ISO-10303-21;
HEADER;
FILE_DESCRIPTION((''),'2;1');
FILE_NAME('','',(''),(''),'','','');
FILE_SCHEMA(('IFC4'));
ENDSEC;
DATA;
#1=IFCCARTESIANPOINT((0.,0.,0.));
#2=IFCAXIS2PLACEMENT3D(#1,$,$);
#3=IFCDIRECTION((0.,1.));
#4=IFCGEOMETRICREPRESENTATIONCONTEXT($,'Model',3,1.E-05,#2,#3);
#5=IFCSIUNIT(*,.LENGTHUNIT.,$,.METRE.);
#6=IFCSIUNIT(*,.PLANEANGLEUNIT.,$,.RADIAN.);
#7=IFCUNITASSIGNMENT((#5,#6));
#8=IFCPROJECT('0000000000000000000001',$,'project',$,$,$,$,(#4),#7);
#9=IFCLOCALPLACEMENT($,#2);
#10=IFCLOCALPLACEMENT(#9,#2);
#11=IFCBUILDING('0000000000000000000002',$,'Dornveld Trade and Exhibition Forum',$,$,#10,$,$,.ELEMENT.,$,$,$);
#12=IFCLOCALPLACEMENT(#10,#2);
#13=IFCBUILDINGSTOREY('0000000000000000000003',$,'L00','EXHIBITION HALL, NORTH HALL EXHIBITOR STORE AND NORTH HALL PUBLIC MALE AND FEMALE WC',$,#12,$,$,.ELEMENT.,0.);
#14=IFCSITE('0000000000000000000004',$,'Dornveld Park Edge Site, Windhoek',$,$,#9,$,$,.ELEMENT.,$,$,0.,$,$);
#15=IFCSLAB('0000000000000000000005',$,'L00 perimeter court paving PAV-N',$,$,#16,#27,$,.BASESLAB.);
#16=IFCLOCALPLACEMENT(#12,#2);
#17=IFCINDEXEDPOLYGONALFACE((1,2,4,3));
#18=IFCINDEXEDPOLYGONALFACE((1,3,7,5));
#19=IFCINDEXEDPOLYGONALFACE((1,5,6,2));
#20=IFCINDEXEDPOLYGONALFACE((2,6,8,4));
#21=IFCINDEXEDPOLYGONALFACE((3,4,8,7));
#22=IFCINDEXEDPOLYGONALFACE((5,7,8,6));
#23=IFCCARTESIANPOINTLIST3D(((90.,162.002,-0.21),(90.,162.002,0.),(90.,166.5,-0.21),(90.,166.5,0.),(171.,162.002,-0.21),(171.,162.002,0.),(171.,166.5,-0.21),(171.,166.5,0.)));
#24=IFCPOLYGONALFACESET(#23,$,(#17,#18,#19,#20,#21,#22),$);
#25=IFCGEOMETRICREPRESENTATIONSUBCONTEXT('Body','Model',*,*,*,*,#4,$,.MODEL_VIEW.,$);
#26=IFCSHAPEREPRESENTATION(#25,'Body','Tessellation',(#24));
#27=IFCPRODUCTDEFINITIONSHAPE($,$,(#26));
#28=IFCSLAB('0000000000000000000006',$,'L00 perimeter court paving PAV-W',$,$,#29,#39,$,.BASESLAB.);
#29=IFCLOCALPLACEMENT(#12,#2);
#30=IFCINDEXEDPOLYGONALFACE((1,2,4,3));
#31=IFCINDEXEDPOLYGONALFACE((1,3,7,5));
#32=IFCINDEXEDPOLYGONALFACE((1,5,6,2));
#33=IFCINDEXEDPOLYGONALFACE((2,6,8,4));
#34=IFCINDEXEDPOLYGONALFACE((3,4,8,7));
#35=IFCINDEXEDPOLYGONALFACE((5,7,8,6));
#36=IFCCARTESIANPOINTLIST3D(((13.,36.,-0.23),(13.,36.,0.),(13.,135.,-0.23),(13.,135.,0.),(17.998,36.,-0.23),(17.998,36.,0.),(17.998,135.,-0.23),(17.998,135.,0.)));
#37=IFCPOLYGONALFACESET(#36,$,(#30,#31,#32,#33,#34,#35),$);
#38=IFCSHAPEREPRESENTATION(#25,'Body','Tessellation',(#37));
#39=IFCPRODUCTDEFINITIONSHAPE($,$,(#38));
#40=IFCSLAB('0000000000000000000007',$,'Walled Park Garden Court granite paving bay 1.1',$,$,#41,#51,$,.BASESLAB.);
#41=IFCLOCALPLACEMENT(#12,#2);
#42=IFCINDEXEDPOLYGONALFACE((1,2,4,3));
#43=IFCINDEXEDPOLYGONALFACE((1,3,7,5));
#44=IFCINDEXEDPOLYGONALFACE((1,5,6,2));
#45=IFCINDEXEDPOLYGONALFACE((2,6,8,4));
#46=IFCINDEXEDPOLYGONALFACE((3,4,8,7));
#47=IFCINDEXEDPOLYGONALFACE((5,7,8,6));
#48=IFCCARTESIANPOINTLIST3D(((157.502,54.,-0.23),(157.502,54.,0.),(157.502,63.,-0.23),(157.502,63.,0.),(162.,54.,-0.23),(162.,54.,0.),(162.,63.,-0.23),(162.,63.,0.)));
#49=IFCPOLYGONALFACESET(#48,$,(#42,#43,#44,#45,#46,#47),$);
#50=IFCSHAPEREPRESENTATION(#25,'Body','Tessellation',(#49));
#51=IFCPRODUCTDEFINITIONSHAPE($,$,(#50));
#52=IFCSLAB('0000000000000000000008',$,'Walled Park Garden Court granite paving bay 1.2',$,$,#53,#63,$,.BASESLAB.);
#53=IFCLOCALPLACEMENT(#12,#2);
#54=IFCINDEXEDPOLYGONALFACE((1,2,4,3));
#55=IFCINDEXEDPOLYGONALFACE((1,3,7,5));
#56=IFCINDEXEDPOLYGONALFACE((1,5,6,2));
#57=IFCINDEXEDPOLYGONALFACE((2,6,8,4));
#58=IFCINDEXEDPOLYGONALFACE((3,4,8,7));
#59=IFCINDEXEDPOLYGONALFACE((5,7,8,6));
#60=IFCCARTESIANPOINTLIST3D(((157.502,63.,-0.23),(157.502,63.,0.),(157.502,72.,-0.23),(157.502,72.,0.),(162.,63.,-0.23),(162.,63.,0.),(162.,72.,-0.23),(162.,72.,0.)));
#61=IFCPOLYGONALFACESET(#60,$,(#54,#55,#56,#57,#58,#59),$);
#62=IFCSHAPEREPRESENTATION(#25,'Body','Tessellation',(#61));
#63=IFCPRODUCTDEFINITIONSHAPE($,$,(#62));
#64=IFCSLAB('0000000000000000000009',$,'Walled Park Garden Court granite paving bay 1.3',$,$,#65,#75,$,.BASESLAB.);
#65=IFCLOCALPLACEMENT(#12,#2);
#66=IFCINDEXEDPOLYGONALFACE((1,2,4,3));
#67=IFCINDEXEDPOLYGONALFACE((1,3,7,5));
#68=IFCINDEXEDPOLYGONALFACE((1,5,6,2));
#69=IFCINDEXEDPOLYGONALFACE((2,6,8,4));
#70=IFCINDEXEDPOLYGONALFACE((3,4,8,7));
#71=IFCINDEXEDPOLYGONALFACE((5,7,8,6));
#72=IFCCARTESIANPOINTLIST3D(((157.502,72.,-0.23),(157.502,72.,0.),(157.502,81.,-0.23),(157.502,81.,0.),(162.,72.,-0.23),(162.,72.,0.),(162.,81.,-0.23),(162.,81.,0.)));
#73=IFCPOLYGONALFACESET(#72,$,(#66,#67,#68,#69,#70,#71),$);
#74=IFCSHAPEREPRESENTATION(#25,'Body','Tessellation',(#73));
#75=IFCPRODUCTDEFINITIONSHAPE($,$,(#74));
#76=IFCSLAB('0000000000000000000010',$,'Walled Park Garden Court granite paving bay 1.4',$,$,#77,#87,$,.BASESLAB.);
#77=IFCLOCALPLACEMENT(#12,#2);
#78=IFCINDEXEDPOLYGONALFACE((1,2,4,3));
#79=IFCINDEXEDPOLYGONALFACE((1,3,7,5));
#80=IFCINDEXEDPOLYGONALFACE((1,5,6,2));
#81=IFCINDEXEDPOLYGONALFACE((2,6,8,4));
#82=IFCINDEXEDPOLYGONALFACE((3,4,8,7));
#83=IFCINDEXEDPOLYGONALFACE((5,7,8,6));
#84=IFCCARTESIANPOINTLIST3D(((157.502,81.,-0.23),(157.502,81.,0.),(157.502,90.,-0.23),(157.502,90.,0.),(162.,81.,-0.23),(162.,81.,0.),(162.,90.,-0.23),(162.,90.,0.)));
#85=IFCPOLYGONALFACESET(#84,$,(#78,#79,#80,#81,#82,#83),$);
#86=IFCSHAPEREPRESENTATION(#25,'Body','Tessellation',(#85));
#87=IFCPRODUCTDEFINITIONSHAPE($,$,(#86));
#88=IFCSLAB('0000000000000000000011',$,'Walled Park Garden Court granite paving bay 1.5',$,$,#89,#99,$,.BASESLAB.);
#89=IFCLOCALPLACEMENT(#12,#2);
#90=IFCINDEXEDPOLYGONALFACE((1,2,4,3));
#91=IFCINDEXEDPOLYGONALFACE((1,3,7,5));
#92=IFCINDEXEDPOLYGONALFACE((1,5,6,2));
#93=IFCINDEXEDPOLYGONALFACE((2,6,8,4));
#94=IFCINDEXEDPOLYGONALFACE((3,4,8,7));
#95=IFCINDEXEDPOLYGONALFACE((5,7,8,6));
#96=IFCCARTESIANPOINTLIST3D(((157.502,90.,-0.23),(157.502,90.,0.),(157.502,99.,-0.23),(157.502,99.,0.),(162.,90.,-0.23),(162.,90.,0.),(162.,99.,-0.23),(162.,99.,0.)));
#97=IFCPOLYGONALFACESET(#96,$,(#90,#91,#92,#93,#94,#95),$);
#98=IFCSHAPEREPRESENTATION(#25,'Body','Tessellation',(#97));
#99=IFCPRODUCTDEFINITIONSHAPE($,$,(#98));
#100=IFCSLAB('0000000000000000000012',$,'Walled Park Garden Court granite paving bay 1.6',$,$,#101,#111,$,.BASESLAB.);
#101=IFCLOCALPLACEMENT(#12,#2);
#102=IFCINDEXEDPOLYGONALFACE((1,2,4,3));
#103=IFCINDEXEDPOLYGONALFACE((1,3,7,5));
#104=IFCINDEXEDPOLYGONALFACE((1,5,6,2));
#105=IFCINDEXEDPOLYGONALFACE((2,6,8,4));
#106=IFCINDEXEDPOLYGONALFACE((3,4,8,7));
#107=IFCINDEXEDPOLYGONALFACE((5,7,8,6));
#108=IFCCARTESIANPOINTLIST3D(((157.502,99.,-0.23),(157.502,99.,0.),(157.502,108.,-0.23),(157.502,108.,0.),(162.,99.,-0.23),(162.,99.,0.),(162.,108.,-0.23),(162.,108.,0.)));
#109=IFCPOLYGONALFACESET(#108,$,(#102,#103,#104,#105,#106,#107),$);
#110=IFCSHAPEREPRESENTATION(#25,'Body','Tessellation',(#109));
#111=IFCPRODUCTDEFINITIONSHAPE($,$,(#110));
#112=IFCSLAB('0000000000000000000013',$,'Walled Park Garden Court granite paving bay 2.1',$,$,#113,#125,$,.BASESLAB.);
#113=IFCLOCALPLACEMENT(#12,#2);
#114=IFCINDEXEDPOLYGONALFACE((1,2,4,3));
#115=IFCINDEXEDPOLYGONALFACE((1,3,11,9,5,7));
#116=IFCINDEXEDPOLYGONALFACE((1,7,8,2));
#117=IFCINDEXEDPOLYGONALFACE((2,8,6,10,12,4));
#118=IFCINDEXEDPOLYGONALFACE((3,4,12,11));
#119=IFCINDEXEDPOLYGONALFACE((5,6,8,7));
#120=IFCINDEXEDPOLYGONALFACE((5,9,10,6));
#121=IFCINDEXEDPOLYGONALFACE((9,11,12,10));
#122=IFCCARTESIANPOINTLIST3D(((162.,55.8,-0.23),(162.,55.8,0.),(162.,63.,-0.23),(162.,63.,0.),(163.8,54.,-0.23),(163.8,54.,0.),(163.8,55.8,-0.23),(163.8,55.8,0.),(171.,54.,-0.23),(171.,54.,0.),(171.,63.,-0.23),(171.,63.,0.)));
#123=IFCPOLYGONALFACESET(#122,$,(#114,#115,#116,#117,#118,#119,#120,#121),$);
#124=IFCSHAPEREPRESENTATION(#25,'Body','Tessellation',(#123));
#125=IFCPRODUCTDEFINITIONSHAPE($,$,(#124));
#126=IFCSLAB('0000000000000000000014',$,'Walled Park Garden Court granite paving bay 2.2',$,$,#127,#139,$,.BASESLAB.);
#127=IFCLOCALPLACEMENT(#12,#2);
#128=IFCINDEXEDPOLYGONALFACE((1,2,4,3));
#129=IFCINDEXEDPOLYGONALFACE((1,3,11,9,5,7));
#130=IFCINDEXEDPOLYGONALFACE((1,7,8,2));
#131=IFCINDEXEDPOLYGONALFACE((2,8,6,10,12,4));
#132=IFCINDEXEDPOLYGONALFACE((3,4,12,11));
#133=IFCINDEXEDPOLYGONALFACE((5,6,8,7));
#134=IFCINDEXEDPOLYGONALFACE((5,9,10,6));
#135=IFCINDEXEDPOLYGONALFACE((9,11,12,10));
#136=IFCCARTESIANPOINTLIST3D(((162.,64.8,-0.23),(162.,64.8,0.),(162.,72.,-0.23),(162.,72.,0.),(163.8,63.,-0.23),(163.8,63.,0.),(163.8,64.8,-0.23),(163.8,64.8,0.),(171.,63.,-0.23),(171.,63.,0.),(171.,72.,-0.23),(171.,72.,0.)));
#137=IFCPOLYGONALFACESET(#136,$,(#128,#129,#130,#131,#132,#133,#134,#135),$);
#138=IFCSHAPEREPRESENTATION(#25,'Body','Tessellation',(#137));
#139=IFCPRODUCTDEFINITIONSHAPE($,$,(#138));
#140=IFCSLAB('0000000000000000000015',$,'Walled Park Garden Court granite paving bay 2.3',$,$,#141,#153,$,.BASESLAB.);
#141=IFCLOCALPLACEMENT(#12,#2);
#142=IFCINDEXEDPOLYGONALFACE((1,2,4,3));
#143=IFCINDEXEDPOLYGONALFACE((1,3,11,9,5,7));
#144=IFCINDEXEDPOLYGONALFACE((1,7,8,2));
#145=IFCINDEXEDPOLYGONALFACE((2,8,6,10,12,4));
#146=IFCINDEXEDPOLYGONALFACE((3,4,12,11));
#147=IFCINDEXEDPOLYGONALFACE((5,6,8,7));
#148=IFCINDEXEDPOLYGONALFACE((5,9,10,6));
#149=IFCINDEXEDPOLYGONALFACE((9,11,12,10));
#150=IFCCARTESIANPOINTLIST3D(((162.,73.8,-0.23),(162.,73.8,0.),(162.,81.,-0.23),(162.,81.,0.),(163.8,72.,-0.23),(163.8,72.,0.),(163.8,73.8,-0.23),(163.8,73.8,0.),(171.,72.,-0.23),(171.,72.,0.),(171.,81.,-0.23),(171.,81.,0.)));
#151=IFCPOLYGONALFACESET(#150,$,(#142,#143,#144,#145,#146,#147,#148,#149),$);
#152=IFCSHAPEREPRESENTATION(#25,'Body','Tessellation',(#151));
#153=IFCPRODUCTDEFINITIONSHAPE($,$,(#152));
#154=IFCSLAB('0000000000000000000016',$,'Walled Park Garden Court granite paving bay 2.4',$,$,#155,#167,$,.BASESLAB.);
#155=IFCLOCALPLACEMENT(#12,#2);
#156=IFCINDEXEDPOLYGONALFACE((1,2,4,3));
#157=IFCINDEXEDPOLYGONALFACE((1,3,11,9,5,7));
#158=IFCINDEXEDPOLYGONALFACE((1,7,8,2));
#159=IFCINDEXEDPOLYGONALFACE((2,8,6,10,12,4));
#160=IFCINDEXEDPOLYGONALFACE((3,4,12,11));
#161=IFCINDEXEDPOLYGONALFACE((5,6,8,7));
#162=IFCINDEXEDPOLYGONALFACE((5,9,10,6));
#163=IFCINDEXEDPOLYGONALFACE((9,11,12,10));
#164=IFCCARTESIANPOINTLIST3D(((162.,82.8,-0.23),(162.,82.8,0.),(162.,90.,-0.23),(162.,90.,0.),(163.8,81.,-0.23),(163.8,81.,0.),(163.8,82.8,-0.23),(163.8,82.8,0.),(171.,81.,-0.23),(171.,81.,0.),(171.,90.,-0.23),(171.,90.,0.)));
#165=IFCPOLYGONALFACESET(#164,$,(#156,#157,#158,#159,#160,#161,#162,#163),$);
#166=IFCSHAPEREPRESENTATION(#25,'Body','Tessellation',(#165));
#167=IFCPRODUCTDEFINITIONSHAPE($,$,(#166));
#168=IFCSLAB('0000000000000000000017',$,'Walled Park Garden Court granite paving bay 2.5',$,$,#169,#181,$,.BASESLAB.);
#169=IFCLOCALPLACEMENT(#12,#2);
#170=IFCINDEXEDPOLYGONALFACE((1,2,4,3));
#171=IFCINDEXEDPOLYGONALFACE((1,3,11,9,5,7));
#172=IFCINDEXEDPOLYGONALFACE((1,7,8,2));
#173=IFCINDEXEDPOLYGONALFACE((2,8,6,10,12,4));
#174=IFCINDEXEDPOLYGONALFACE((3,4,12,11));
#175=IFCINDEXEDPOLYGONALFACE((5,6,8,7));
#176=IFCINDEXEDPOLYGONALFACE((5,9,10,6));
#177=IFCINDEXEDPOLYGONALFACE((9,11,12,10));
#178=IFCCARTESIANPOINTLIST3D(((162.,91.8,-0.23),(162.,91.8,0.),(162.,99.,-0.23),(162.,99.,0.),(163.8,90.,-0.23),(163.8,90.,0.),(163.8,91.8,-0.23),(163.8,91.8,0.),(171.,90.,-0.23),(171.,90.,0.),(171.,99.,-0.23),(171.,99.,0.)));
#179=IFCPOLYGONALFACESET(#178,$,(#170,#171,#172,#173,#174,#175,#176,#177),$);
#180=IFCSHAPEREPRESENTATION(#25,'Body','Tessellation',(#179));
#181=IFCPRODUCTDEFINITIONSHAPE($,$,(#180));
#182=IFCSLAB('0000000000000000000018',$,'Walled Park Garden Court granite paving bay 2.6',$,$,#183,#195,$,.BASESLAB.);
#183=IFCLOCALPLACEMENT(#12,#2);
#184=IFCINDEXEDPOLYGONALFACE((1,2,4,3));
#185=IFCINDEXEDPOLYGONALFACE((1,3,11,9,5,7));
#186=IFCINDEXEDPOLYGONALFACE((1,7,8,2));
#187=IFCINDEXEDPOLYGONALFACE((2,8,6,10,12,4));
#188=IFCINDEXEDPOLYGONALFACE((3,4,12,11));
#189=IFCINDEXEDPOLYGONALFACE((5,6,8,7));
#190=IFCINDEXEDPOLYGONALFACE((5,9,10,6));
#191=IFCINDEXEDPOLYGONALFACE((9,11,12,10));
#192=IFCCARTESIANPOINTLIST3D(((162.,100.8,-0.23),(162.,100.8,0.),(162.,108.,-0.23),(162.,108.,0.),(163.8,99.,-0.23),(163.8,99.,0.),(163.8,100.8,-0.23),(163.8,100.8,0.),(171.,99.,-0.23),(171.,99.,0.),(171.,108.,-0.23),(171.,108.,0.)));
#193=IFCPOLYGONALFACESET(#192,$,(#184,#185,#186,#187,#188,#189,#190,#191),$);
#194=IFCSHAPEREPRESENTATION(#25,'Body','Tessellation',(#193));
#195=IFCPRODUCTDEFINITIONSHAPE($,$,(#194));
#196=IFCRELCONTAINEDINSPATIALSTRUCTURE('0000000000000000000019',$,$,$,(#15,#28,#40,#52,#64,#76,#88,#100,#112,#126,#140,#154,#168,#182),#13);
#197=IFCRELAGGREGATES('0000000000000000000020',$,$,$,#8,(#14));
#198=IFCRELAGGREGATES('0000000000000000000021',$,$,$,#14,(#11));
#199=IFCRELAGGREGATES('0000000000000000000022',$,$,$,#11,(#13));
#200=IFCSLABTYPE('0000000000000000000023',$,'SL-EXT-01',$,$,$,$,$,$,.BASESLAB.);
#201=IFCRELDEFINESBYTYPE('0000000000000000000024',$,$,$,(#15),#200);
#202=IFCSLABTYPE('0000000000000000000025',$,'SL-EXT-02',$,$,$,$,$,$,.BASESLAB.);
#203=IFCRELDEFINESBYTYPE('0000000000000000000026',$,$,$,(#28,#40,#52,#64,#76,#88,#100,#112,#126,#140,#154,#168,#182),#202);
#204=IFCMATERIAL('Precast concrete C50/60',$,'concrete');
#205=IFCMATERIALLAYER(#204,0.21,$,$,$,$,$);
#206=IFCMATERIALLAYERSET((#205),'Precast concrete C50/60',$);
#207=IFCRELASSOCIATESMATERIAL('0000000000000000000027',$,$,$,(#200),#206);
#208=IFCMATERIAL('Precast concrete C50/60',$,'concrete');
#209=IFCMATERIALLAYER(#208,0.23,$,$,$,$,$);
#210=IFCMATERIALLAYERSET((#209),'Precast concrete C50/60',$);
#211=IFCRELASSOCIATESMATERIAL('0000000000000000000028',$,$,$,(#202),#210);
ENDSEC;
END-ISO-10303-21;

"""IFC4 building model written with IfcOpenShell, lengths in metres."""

from ifc_helpers import new_model, si_unit, direction, frame, origin, place, context, subcontext, project, spatial, polyline, outline, extrude, material, layer, layer_set, type_object, element, save


model = new_model("IFC4")

# Units and contexts
model_context = context("Model", 3, precision=1e-05, world=origin(), true_north=direction((0.0, 1.0)))
body_context = subcontext(model_context, "Body", "Model", "MODEL_VIEW")
ifc_project = project(units=[si_unit("LENGTHUNIT", "METRE"), si_unit("PLANEANGLEUNIT", "RADIAN")], contexts=[model_context])

# Site, building, storey
site_placement = place(None, origin())
site = spatial("IfcSite", under=ifc_project, at=site_placement, Name="Dornveld Park Edge Site, Windhoek", CompositionType="ELEMENT", RefElevation=0.0)
building_placement = place(site_placement, origin())
building = spatial("IfcBuilding", under=site, at=building_placement, Name="Dornveld Trade and Exhibition Forum", CompositionType="ELEMENT")
storey_placement = place(building_placement, origin())
storey = spatial("IfcBuildingStorey", under=building, at=storey_placement, Name="L00", Description="EXHIBITION HALL, NORTH HALL EXHIBITOR STORE AND NORTH HALL PUBLIC MALE AND FEMALE WC", CompositionType="ELEMENT", Elevation=0.0)

# Slabs
ifc_material_1 = material(Name="Precast concrete C50/60", Category="concrete")
ifc_layer_1 = layer(ifc_material_1, 0.21)
ifc_layer_set_1 = layer_set([ifc_layer_1], Name="Precast concrete C50/60")
slab_type_1 = type_object("IfcSlabType", Name="SL-EXT-01", PredefinedType="BASESLAB", material=ifc_layer_set_1)
slab_1_placement = place(storey_placement, frame((0.0, 0.0, -0.21)))
element("IfcSlab", 1, at=slab_1_placement, inside=storey, type_object=slab_type_1, Name="L00 perimeter court paving PAV-N", PredefinedType="BASESLAB", context=body_context, shape_type="SweptSolid", body=[
    extrude(outline(polyline([(90.0, 166.5), (171.0, 166.5), (171.0, 162.002), (90.0, 162.002), (90.0, 166.5)])), origin(), (0.0, 0.0, 1.0), 0.21),
])
ifc_material_2 = material(Name="Precast concrete C50/60", Category="concrete")
ifc_layer_2 = layer(ifc_material_2, 0.23)
ifc_layer_set_2 = layer_set([ifc_layer_2], Name="Precast concrete C50/60")
slab_type_2 = type_object("IfcSlabType", Name="SL-EXT-02", PredefinedType="BASESLAB", material=ifc_layer_set_2)
slab_2_placement = place(storey_placement, frame((0.0, 0.0, -0.23)))
element("IfcSlab", 2, at=slab_2_placement, inside=storey, type_object=slab_type_2, Name="L00 perimeter court paving PAV-W", PredefinedType="BASESLAB", context=body_context, shape_type="SweptSolid", body=[
    extrude(outline(polyline([(17.998, 135.0), (17.998, 36.0), (13.0, 36.0), (13.0, 135.0), (17.998, 135.0)])), origin(), (0.0, 0.0, 1.0), 0.23),
])
slab_3_placement = place(storey_placement, frame((0.0, 0.0, -0.23)))
element("IfcSlab", 3, at=slab_3_placement, inside=storey, type_object=slab_type_2, Name="Walled Park Garden Court granite paving bay 1.1", PredefinedType="BASESLAB", context=body_context, shape_type="SweptSolid", body=[
    extrude(outline(polyline([(162.0, 63.0), (162.0, 54.0), (157.502, 54.0), (157.502, 63.0), (162.0, 63.0)])), origin(), (0.0, 0.0, 1.0), 0.23),
])
slab_4_placement = place(storey_placement, frame((0.0, 0.0, -0.23)))
element("IfcSlab", 4, at=slab_4_placement, inside=storey, type_object=slab_type_2, Name="Walled Park Garden Court granite paving bay 1.2", PredefinedType="BASESLAB", context=body_context, shape_type="SweptSolid", body=[
    extrude(outline(polyline([(162.0, 72.0), (162.0, 63.0), (157.502, 63.0), (157.502, 72.0), (162.0, 72.0)])), origin(), (0.0, 0.0, 1.0), 0.23),
])
slab_5_placement = place(storey_placement, frame((0.0, 0.0, -0.23)))
element("IfcSlab", 5, at=slab_5_placement, inside=storey, type_object=slab_type_2, Name="Walled Park Garden Court granite paving bay 1.3", PredefinedType="BASESLAB", context=body_context, shape_type="SweptSolid", body=[
    extrude(outline(polyline([(162.0, 81.0), (162.0, 72.0), (157.502, 72.0), (157.502, 81.0), (162.0, 81.0)])), origin(), (0.0, 0.0, 1.0), 0.23),
])
slab_6_placement = place(storey_placement, frame((0.0, 0.0, -0.23)))
element("IfcSlab", 6, at=slab_6_placement, inside=storey, type_object=slab_type_2, Name="Walled Park Garden Court granite paving bay 1.4", PredefinedType="BASESLAB", context=body_context, shape_type="SweptSolid", body=[
    extrude(outline(polyline([(162.0, 90.0), (162.0, 81.0), (157.502, 81.0), (157.502, 90.0), (162.0, 90.0)])), origin(), (0.0, 0.0, 1.0), 0.23),
])
slab_7_placement = place(storey_placement, frame((0.0, 0.0, -0.23)))
element("IfcSlab", 7, at=slab_7_placement, inside=storey, type_object=slab_type_2, Name="Walled Park Garden Court granite paving bay 1.5", PredefinedType="BASESLAB", context=body_context, shape_type="SweptSolid", body=[
    extrude(outline(polyline([(162.0, 99.0), (162.0, 90.0), (157.502, 90.0), (157.502, 99.0), (162.0, 99.0)])), origin(), (0.0, 0.0, 1.0), 0.23),
])
slab_8_placement = place(storey_placement, frame((0.0, 0.0, -0.23)))
element("IfcSlab", 8, at=slab_8_placement, inside=storey, type_object=slab_type_2, Name="Walled Park Garden Court granite paving bay 1.6", PredefinedType="BASESLAB", context=body_context, shape_type="SweptSolid", body=[
    extrude(outline(polyline([(162.0, 108.0), (162.0, 99.0), (157.502, 99.0), (157.502, 108.0), (162.0, 108.0)])), origin(), (0.0, 0.0, 1.0), 0.23),
])
slab_9_placement = place(storey_placement, frame((0.0, 0.0, -0.23)))
element("IfcSlab", 9, at=slab_9_placement, inside=storey, type_object=slab_type_2, Name="Walled Park Garden Court granite paving bay 2.1", PredefinedType="BASESLAB", context=body_context, shape_type="SweptSolid", body=[
    extrude(outline(polyline([(163.8, 54.0), (171.0, 54.0), (171.0, 63.0), (162.0, 63.0), (162.0, 55.8), (163.8, 55.8), (163.8, 54.0)])), origin(), (0.0, 0.0, 1.0), 0.23),
])
slab_10_placement = place(storey_placement, frame((0.0, 0.0, -0.23)))
element("IfcSlab", 10, at=slab_10_placement, inside=storey, type_object=slab_type_2, Name="Walled Park Garden Court granite paving bay 2.2", PredefinedType="BASESLAB", context=body_context, shape_type="SweptSolid", body=[
    extrude(outline(polyline([(163.8, 63.0), (171.0, 63.0), (171.0, 72.0), (162.0, 72.0), (162.0, 64.8), (163.8, 64.8), (163.8, 63.0)])), origin(), (0.0, 0.0, 1.0), 0.23),
])
slab_11_placement = place(storey_placement, frame((0.0, 0.0, -0.23)))
element("IfcSlab", 11, at=slab_11_placement, inside=storey, type_object=slab_type_2, Name="Walled Park Garden Court granite paving bay 2.3", PredefinedType="BASESLAB", context=body_context, shape_type="SweptSolid", body=[
    extrude(outline(polyline([(163.8, 72.0), (171.0, 72.0), (171.0, 81.0), (162.0, 81.0), (162.0, 73.8), (163.8, 73.8), (163.8, 72.0)])), origin(), (0.0, 0.0, 1.0), 0.23),
])
slab_12_placement = place(storey_placement, frame((0.0, 0.0, -0.23)))
element("IfcSlab", 12, at=slab_12_placement, inside=storey, type_object=slab_type_2, Name="Walled Park Garden Court granite paving bay 2.4", PredefinedType="BASESLAB", context=body_context, shape_type="SweptSolid", body=[
    extrude(outline(polyline([(163.8, 81.0), (171.0, 81.0), (171.0, 90.0), (162.0, 90.0), (162.0, 82.8), (163.8, 82.8), (163.8, 81.0)])), origin(), (0.0, 0.0, 1.0), 0.23),
])
slab_13_placement = place(storey_placement, frame((0.0, 0.0, -0.23)))
element("IfcSlab", 13, at=slab_13_placement, inside=storey, type_object=slab_type_2, Name="Walled Park Garden Court granite paving bay 2.5", PredefinedType="BASESLAB", context=body_context, shape_type="SweptSolid", body=[
    extrude(outline(polyline([(163.8, 90.0), (171.0, 90.0), (171.0, 99.0), (162.0, 99.0), (162.0, 91.8), (163.8, 91.8), (163.8, 90.0)])), origin(), (0.0, 0.0, 1.0), 0.23),
])
slab_14_placement = place(storey_placement, frame((0.0, 0.0, -0.23)))
element("IfcSlab", 14, at=slab_14_placement, inside=storey, type_object=slab_type_2, Name="Walled Park Garden Court granite paving bay 2.6", PredefinedType="BASESLAB", context=body_context, shape_type="SweptSolid", body=[
    extrude(outline(polyline([(163.8, 99.0), (171.0, 99.0), (171.0, 108.0), (162.0, 108.0), (162.0, 100.8), (163.8, 100.8), (163.8, 99.0)])), origin(), (0.0, 0.0, 1.0), 0.23),
])

save(model, "model.ifc")
